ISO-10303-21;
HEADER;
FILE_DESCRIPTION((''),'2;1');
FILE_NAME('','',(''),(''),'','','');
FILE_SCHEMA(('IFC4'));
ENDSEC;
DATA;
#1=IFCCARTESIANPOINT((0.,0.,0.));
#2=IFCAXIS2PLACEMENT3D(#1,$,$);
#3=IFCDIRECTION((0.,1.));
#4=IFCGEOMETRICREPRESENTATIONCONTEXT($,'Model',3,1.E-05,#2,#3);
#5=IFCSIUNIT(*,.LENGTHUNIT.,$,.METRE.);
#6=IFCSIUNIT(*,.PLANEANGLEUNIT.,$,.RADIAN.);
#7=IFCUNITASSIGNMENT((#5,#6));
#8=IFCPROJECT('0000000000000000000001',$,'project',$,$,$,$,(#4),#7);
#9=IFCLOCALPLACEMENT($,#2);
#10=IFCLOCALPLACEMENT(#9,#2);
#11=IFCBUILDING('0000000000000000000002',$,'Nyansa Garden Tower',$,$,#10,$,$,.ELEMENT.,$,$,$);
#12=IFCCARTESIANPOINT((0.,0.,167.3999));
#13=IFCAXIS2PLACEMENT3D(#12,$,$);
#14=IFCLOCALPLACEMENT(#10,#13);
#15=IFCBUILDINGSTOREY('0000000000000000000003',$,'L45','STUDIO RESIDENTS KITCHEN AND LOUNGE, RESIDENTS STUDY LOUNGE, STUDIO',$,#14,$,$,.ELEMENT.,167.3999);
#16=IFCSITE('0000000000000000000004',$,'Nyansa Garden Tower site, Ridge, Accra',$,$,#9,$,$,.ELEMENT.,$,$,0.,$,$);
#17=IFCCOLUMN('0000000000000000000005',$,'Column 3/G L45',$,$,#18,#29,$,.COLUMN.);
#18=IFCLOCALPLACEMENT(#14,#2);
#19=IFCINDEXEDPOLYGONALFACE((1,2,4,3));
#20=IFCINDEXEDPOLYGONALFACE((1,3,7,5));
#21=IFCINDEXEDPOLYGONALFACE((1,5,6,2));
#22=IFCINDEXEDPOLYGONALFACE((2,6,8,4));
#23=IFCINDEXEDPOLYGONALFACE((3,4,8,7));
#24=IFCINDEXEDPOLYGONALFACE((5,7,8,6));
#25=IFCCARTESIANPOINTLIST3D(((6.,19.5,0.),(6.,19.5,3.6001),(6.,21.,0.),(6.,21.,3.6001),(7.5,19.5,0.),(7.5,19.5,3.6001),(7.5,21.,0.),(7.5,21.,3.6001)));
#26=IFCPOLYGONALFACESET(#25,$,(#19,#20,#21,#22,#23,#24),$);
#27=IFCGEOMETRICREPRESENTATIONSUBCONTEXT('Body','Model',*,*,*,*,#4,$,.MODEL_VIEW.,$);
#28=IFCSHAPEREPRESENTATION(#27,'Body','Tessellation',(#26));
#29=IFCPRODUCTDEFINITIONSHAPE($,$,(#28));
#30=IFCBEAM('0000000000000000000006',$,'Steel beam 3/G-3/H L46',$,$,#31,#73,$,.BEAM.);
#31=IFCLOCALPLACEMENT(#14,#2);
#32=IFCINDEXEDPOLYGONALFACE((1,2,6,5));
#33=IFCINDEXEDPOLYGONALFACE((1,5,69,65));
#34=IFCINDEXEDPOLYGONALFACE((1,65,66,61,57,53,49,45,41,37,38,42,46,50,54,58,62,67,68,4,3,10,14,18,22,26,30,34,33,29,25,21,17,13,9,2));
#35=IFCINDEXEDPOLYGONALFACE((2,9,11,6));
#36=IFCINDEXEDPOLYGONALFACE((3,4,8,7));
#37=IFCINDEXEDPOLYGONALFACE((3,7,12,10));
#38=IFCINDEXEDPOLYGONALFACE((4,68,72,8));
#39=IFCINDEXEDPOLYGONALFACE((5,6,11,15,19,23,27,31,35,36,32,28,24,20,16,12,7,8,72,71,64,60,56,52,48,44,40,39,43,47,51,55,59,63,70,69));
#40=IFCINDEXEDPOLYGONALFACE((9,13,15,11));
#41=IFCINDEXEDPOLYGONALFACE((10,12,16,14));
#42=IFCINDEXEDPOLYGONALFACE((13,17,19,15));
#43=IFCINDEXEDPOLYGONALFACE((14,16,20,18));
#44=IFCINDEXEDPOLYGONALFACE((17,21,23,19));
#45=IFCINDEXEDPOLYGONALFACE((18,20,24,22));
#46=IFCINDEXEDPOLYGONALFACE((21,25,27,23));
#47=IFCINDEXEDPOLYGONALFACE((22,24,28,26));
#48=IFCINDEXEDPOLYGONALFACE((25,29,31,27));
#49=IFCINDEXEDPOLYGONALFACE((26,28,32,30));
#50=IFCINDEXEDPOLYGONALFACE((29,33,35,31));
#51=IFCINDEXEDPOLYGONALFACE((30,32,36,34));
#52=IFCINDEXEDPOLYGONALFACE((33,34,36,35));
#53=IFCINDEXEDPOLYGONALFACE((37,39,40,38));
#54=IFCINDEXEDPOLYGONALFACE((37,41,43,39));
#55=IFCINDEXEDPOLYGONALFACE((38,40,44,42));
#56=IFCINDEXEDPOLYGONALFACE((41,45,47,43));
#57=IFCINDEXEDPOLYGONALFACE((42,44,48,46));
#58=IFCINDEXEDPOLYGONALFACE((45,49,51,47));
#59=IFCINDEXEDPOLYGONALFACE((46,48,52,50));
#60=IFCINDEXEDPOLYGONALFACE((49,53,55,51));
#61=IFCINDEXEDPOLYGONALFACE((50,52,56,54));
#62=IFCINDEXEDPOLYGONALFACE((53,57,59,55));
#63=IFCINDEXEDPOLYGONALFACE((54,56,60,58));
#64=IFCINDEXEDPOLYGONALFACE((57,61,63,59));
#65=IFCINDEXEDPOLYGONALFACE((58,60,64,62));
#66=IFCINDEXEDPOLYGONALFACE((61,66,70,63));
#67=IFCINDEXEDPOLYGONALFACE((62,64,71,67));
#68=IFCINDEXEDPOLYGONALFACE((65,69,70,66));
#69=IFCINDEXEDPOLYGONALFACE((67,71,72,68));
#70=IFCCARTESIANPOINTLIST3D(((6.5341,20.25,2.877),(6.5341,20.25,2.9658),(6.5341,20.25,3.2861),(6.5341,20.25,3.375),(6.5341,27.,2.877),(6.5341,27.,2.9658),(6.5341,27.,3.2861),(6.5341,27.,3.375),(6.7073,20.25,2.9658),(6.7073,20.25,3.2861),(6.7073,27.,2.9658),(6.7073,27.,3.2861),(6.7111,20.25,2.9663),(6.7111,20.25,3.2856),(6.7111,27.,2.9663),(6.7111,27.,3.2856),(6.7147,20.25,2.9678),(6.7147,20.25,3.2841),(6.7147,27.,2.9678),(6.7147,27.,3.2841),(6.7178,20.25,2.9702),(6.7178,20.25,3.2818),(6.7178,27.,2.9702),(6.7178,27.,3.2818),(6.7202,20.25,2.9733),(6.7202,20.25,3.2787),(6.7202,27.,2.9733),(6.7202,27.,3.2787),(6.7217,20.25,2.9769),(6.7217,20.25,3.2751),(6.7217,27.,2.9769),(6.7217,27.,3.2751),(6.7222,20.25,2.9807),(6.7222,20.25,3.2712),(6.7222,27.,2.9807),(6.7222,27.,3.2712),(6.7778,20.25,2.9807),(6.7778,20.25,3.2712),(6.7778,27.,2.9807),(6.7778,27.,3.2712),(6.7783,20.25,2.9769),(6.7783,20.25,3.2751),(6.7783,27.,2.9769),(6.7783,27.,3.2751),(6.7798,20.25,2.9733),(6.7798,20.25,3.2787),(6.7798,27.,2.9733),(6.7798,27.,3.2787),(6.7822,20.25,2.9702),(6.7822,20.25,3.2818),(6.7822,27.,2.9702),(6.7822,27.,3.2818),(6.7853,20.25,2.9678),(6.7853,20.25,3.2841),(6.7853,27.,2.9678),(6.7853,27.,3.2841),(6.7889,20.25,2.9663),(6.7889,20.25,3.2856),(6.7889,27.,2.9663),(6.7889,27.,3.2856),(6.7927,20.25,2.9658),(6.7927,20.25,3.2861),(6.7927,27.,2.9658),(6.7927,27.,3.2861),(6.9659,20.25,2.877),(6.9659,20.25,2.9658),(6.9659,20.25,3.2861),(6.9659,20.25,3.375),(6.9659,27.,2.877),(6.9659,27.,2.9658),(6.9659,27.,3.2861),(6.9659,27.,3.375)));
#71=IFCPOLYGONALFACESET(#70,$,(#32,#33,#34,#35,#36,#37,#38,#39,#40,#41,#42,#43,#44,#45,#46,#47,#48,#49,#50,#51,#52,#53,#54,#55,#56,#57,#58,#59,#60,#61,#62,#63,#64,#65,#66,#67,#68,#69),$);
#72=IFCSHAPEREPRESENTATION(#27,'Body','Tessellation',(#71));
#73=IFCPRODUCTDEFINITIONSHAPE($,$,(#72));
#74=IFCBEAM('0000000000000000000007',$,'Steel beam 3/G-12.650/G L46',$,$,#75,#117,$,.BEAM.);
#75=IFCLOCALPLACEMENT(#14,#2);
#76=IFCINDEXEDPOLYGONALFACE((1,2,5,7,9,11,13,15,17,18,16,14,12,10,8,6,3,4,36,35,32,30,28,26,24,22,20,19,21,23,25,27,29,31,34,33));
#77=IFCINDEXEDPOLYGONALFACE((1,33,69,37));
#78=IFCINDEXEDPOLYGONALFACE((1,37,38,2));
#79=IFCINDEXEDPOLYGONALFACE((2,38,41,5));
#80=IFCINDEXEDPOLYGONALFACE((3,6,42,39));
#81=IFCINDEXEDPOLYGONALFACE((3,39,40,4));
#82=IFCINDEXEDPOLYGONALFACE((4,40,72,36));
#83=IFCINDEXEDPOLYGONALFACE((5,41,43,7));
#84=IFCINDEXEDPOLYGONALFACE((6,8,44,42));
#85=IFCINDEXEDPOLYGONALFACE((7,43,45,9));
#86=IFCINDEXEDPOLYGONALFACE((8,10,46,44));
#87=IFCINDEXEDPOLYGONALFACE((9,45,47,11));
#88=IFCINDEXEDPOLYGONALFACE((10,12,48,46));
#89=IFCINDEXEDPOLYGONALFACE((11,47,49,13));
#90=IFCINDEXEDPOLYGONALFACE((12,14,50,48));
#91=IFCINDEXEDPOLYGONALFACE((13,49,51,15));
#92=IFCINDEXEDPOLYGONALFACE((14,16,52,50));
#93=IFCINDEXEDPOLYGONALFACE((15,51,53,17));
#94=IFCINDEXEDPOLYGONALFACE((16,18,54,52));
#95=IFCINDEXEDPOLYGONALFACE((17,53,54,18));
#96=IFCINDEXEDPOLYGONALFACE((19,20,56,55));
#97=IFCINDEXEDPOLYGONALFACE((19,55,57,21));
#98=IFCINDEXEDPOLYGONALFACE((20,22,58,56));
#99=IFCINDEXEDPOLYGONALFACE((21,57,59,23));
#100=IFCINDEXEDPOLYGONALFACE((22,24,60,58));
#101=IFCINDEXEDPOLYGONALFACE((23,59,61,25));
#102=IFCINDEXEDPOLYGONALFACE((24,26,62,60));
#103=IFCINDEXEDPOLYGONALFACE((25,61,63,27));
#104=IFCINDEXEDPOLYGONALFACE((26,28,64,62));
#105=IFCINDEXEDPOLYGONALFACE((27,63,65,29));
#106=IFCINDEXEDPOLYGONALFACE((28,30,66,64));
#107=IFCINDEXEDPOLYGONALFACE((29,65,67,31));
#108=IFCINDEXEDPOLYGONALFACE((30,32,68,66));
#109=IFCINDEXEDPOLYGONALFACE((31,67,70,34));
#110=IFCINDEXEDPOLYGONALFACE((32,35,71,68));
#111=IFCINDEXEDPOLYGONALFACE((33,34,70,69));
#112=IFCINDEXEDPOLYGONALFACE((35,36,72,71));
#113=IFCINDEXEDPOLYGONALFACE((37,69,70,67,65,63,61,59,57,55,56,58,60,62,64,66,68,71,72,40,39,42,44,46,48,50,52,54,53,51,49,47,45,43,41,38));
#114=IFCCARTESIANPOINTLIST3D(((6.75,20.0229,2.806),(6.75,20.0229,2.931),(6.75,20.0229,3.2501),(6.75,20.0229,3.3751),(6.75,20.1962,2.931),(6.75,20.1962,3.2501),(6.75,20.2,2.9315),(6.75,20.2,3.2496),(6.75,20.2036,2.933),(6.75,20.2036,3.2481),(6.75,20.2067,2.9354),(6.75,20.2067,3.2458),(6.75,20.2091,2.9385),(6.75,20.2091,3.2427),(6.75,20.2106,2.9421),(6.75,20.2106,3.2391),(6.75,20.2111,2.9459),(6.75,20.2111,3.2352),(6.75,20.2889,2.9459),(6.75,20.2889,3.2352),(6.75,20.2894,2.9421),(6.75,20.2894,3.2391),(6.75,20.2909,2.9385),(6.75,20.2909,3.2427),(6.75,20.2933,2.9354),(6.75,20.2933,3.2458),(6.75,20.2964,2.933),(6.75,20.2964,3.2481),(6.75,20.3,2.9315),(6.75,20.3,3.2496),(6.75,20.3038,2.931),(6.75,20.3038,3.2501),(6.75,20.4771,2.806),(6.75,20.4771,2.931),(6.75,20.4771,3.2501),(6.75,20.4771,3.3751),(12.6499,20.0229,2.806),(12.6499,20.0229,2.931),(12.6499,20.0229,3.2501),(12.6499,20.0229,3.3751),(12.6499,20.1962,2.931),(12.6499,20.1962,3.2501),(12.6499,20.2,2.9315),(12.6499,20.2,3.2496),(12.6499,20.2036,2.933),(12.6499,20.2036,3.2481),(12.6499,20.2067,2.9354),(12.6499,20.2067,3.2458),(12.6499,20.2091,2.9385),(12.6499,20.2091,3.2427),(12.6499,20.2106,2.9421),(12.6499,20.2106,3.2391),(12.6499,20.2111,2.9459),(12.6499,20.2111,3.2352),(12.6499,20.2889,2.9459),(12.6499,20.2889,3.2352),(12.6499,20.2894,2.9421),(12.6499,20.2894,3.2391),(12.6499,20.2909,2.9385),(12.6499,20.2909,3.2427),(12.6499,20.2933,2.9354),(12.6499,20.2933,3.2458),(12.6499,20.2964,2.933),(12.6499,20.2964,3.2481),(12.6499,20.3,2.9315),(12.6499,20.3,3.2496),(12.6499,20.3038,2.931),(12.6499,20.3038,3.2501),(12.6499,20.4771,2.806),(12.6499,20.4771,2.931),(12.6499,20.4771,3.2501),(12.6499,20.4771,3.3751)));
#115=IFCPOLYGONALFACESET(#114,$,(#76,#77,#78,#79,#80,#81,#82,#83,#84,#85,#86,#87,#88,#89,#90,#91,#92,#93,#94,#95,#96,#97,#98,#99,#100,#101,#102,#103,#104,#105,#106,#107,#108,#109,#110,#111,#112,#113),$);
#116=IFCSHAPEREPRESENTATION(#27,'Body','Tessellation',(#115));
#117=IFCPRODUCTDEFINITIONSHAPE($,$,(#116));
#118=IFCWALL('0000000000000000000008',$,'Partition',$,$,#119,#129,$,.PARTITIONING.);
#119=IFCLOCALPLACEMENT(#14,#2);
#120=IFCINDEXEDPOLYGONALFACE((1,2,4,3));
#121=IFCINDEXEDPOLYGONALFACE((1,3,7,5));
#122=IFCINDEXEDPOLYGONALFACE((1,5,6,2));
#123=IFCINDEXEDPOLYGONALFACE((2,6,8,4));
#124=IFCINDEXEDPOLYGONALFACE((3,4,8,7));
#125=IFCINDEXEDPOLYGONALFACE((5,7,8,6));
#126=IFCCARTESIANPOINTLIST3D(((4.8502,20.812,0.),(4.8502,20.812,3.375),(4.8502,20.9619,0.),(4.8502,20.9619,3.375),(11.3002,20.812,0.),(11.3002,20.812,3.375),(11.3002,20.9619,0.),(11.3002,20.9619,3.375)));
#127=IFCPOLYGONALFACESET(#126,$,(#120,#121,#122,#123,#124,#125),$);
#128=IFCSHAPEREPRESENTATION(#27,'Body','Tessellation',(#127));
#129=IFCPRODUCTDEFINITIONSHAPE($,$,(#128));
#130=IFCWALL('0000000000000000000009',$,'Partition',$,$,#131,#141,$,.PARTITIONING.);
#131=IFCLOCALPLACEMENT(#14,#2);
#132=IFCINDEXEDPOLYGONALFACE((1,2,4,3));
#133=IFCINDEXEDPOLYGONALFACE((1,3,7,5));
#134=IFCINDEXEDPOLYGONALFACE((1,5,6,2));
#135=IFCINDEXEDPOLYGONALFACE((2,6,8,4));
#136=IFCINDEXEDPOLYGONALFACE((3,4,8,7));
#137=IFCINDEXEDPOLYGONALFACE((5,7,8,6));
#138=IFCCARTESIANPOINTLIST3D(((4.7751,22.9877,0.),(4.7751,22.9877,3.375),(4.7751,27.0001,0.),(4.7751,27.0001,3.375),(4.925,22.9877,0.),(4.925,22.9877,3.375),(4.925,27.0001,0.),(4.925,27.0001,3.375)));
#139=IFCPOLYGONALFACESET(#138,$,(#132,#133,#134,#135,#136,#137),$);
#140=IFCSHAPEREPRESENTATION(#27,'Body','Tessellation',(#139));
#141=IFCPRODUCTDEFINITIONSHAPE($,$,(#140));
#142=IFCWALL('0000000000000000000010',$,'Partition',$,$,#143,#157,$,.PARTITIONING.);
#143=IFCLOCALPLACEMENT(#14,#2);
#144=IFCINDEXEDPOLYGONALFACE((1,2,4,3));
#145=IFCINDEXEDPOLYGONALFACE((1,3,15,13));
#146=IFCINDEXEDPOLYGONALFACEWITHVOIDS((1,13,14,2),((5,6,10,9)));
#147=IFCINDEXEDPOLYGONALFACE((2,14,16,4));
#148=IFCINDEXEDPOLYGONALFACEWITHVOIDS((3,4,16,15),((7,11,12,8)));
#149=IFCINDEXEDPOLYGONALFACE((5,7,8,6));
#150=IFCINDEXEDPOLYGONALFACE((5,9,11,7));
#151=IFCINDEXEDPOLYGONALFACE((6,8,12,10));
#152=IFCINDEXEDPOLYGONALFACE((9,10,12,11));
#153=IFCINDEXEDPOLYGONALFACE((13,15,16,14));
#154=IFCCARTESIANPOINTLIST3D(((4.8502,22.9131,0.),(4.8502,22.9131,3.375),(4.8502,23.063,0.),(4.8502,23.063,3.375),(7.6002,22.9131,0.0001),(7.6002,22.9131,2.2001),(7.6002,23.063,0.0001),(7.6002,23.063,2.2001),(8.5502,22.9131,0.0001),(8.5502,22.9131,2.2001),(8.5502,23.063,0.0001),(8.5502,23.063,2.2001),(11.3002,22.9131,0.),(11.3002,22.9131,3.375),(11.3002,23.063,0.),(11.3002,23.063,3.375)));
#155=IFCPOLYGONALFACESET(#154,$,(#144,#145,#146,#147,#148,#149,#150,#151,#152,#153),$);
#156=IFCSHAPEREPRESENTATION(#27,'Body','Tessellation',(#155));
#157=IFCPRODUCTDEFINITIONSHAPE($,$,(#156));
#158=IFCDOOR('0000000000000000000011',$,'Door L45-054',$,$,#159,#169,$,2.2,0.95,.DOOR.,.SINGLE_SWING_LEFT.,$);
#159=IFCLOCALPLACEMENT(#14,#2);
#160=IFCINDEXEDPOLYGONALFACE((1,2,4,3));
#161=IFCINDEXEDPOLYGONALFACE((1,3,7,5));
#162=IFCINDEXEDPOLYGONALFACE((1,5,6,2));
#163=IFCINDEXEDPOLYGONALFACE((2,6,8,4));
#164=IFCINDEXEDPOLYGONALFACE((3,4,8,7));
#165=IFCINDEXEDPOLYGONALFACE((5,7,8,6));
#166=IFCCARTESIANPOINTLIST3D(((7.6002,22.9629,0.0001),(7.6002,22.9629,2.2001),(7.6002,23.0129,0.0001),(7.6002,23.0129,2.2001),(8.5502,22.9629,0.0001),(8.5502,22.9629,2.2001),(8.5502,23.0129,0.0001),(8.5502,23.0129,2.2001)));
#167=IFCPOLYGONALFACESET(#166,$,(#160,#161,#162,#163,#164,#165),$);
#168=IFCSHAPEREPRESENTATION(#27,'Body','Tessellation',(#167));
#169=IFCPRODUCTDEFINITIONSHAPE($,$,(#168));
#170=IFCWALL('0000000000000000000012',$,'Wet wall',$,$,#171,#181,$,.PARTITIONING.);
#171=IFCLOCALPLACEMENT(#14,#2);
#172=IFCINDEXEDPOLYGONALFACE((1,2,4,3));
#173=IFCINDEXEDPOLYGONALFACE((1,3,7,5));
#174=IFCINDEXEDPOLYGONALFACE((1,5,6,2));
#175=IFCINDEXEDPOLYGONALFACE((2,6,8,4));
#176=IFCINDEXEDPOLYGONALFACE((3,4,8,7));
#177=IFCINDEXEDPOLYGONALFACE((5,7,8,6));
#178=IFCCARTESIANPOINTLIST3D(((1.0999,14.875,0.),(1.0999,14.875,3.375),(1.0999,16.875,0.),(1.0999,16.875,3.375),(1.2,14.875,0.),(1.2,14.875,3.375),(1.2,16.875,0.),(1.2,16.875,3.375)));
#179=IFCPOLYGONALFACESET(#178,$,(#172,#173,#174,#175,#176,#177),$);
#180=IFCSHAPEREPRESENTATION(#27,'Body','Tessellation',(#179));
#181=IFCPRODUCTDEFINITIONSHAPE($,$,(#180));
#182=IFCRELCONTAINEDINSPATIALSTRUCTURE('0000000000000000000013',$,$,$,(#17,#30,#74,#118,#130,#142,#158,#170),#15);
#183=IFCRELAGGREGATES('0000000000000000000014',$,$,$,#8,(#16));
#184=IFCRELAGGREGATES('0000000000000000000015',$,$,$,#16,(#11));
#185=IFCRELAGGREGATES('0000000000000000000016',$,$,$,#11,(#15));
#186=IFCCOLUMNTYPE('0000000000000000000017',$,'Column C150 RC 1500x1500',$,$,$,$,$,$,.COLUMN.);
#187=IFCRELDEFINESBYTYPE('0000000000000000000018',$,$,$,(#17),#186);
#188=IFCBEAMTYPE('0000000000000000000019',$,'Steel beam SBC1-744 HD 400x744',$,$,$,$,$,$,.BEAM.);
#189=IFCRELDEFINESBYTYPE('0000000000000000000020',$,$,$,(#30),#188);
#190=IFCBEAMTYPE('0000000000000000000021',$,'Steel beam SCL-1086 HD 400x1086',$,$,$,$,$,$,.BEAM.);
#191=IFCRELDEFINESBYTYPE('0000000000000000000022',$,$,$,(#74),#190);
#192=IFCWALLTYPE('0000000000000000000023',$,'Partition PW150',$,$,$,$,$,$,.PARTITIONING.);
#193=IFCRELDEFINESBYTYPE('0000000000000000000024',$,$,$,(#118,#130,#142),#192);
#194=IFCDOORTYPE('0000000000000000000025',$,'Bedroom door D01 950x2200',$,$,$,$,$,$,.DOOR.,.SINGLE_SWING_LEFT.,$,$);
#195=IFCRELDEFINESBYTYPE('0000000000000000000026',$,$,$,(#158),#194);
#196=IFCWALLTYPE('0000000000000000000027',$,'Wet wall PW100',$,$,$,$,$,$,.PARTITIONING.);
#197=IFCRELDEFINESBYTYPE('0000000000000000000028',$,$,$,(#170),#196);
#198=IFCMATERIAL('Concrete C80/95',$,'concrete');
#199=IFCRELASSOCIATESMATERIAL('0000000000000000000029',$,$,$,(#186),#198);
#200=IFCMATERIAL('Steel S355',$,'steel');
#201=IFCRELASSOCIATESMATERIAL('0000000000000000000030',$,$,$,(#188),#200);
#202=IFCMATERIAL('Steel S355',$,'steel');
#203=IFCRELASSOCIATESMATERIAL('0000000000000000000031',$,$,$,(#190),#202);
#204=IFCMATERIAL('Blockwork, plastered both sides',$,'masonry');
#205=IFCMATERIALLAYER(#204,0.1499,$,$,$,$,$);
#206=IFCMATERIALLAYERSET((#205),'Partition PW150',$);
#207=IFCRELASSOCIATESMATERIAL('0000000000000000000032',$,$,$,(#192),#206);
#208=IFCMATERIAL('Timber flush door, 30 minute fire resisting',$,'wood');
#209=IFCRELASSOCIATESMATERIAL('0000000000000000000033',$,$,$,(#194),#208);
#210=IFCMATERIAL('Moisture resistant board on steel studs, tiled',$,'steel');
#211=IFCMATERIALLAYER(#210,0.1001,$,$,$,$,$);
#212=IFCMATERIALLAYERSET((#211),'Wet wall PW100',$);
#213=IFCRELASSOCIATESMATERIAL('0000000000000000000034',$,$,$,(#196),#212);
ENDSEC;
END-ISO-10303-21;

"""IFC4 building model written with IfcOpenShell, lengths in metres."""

from ifc_helpers import new_model, si_unit, direction, frame, frame_2d, origin, origin_2d, place, context, subcontext, project, spatial, rectangle, i_section, extrude, material, layer, layer_set, material_profile, profile_set, type_object, element, fill, save


model = new_model("IFC4")

# Units and contexts
model_context = context("Model", 3, precision=1e-05, world=origin(), true_north=direction((0.0, 1.0)))
body_context = subcontext(model_context, "Body", "Model", "MODEL_VIEW")
ifc_project = project(units=[si_unit("LENGTHUNIT", "METRE"), si_unit("PLANEANGLEUNIT", "RADIAN")], contexts=[model_context])

# Site, building, storey
site_placement = place(None, origin())
site = spatial("IfcSite", under=ifc_project, at=site_placement, Name="Nyansa Garden Tower site, Ridge, Accra", CompositionType="ELEMENT", RefElevation=0.0)
building_placement = place(site_placement, origin())
building = spatial("IfcBuilding", under=site, at=building_placement, Name="Nyansa Garden Tower", CompositionType="ELEMENT")
storey_placement = place(building_placement, frame((0.0, 0.0, 167.3999)))
storey = spatial("IfcBuildingStorey", under=building, at=storey_placement, Name="L45", Description="STUDIO RESIDENTS KITCHEN AND LOUNGE, RESIDENTS STUDY LOUNGE, STUDIO", CompositionType="ELEMENT", Elevation=167.3999)

# Column
ifc_material_1 = material(Name="Concrete C80/95", Category="concrete")
ifc_material_profile_1 = material_profile(ifc_material_1, rectangle(XDim=1.5, YDim=1.5, at=origin_2d()), Name="RC 1500x1500")
ifc_profile_set_1 = profile_set([ifc_material_profile_1], Name="Concrete C80/95")
column_type = type_object("IfcColumnType", Name="Column C150 RC 1500x1500", PredefinedType="COLUMN", material=ifc_profile_set_1)
column_placement = place(storey_placement, frame((6.75, 20.25, 0.0), z_axis=(0.0, 0.0, 1.0), x_axis=(1.0, 0.0, 0.0)))
element("IfcColumn", 1, at=column_placement, inside=storey, type_object=column_type, Name="Column 3/G L45", PredefinedType="COLUMN", context=body_context, shape_type="SweptSolid", body=[
    extrude(rectangle(XDim=1.5, YDim=1.5, at=origin_2d()), origin(), (0.0, 0.0, 1.0), 3.6001),
])

# Beams
ifc_material_2 = material(Name="Steel S355", Category="steel")
ifc_material_profile_2 = material_profile(ifc_material_2, i_section(OverallWidth=0.4319, OverallDepth=0.498, WebThickness=0.0557, FlangeThickness=0.0889, FilletRadius=0.0149, at=origin_2d()), Name="HD 400x744")
ifc_profile_set_2 = profile_set([ifc_material_profile_2], Name="Steel S355")
beam_type_1 = type_object("IfcBeamType", Name="Steel beam SBC1-744 HD 400x744", PredefinedType="BEAM", material=ifc_profile_set_2)
beam_1_placement = place(storey_placement, frame((6.75, 20.25, 3.126), z_axis=(0.0, 1.0, 0.0), x_axis=(-1.0, 0.0, 0.0)))
element("IfcBeam", 2, at=beam_1_placement, inside=storey, type_object=beam_type_1, Name="Steel beam 3/G-3/H L46", PredefinedType="BEAM", context=body_context, shape_type="SweptSolid", body=[
    extrude(i_section(OverallWidth=0.4319, OverallDepth=0.498, WebThickness=0.0557, FlangeThickness=0.0889, FilletRadius=0.0149, at=origin_2d()), origin(), (0.0, 0.0, 1.0), 6.75),
])
ifc_material_3 = material(Name="Steel S355", Category="steel")
ifc_material_profile_3 = material_profile(ifc_material_3, i_section(OverallWidth=0.4541, OverallDepth=0.5691, WebThickness=0.0779, FlangeThickness=0.125, FilletRadius=0.0149, at=origin_2d()), Name="HD 400x1086")
ifc_profile_set_3 = profile_set([ifc_material_profile_3], Name="Steel S355")
beam_type_2 = type_object("IfcBeamType", Name="Steel beam SCL-1086 HD 400x1086", PredefinedType="BEAM", material=ifc_profile_set_3)
beam_2_placement = place(storey_placement, frame((6.75, 20.25, 3.0906), z_axis=(1.0, 0.0, 0.0), x_axis=(0.0, 1.0, 0.0)))
element("IfcBeam", 3, at=beam_2_placement, inside=storey, type_object=beam_type_2, Name="Steel beam 3/G-12.650/G L46", PredefinedType="BEAM", context=body_context, shape_type="SweptSolid", body=[
    extrude(i_section(OverallWidth=0.4541, OverallDepth=0.5691, WebThickness=0.0779, FlangeThickness=0.125, FilletRadius=0.0149, at=origin_2d()), origin(), (0.0, 0.0, 1.0), 5.8999),
])

# Walls
ifc_material_4 = material(Name="Blockwork, plastered both sides", Category="masonry")
ifc_layer_1 = layer(ifc_material_4, 0.1499)
ifc_layer_set_1 = layer_set([ifc_layer_1], Name="Partition PW150")
wall_type_1 = type_object("IfcWallType", Name="Partition PW150", PredefinedType="PARTITIONING", material=ifc_layer_set_1)
wall_1_placement = place(storey_placement, frame((4.8501, 20.887, 0.0), z_axis=(0.0, 0.0, 1.0), x_axis=(1.0, 0.0, 0.0)))
element("IfcWall", 4, at=wall_1_placement, inside=storey, type_object=wall_type_1, Name="Partition", PredefinedType="PARTITIONING", context=body_context, shape_type="SweptSolid", body=[
    extrude(rectangle(XDim=6.45, YDim=0.1499, at=frame_2d((3.2251, 0.0))), origin(), (0.0, 0.0, 1.0), 3.375),
])
wall_2_placement = place(storey_placement, frame((4.8501, 22.9875, 0.0), z_axis=(0.0, 0.0, 1.0), x_axis=(0.0, 1.0, 0.0)))
element("IfcWall", 5, at=wall_2_placement, inside=storey, type_object=wall_type_1, Name="Partition", PredefinedType="PARTITIONING", context=body_context, shape_type="SweptSolid", body=[
    extrude(rectangle(XDim=4.0125, YDim=0.1499, at=frame_2d((2.0063, 0.0))), origin(), (0.0, 0.0, 1.0), 3.375),
])

# Wall, opening, door
wall_3_placement = place(storey_placement, frame((4.8501, 22.988, 0.0), z_axis=(0.0, 0.0, 1.0), x_axis=(1.0, 0.0, 0.0)))
wall_3 = element("IfcWall", 6, at=wall_3_placement, inside=storey, type_object=wall_type_1, Name="Partition", PredefinedType="PARTITIONING", context=body_context, shape_type="SweptSolid", body=[
    extrude(rectangle(XDim=6.45, YDim=0.1499, at=frame_2d((3.2251, 0.0))), origin(), (0.0, 0.0, 1.0), 3.375),
])
opening_1_placement = place(wall_3_placement, frame((2.75, 0.0, 0.0)))
opening_1 = element("IfcOpeningElement", 7, at=opening_1_placement, cuts=wall_3, PredefinedType="OPENING", context=body_context, shape_type="SweptSolid", body=[
    extrude(rectangle(XDim=0.95, YDim=2.2, at=frame_2d((0.4751, 1.1001))), frame((0.0, 0.085, 0.0), z_axis=(0.0, -1.0, 0.0), x_axis=(1.0, 0.0, 0.0)), (0.0, 0.0, 1.0), 0.1699),
])
ifc_material_5 = material(Name="Timber flush door, 30 minute fire resisting", Category="wood")
door_type_1 = type_object("IfcDoorType", Name="Bedroom door D01 950x2200", OperationType="SINGLE_SWING_LEFT", PredefinedType="DOOR", material=ifc_material_5)
door_1_placement = place(opening_1_placement, origin())
door_1 = element("IfcDoor", 8, at=door_1_placement, inside=storey, type_object=door_type_1, Name="Door L45-054", OperationType="SINGLE_SWING_LEFT", OverallHeight=2.2, OverallWidth=0.95, PredefinedType="DOOR", context=body_context, shape_type="SweptSolid", body=[
    extrude(rectangle(XDim=0.95, YDim=2.2, at=frame_2d((0.4751, 1.1001))), frame((0.0, 0.0249, 0.0), z_axis=(0.0, -1.0, 0.0), x_axis=(1.0, 0.0, 0.0)), (0.0, 0.0, 1.0), 0.05),
])
fill(opening_1, door_1)

# Wall
ifc_material_6 = material(Name="Moisture resistant board on steel studs, tiled", Category="steel")
ifc_layer_2 = layer(ifc_material_6, 0.1001)
ifc_layer_set_2 = layer_set([ifc_layer_2], Name="Wet wall PW100")
wall_type_2 = type_object("IfcWallType", Name="Wet wall PW100", PredefinedType="PARTITIONING", material=ifc_layer_set_2)
wall_4_placement = place(storey_placement, frame((1.1499, 14.875, 0.0), z_axis=(0.0, 0.0, 1.0), x_axis=(0.0, 1.0, 0.0)))
element("IfcWall", 9, at=wall_4_placement, inside=storey, type_object=wall_type_2, Name="Wet wall", PredefinedType="PARTITIONING", context=body_context, shape_type="SweptSolid", body=[
    extrude(rectangle(XDim=2.0, YDim=0.1001, at=frame_2d((1.0, 0.0))), origin(), (0.0, 0.0, 1.0), 3.375),
])

save(model, "model.ifc")
